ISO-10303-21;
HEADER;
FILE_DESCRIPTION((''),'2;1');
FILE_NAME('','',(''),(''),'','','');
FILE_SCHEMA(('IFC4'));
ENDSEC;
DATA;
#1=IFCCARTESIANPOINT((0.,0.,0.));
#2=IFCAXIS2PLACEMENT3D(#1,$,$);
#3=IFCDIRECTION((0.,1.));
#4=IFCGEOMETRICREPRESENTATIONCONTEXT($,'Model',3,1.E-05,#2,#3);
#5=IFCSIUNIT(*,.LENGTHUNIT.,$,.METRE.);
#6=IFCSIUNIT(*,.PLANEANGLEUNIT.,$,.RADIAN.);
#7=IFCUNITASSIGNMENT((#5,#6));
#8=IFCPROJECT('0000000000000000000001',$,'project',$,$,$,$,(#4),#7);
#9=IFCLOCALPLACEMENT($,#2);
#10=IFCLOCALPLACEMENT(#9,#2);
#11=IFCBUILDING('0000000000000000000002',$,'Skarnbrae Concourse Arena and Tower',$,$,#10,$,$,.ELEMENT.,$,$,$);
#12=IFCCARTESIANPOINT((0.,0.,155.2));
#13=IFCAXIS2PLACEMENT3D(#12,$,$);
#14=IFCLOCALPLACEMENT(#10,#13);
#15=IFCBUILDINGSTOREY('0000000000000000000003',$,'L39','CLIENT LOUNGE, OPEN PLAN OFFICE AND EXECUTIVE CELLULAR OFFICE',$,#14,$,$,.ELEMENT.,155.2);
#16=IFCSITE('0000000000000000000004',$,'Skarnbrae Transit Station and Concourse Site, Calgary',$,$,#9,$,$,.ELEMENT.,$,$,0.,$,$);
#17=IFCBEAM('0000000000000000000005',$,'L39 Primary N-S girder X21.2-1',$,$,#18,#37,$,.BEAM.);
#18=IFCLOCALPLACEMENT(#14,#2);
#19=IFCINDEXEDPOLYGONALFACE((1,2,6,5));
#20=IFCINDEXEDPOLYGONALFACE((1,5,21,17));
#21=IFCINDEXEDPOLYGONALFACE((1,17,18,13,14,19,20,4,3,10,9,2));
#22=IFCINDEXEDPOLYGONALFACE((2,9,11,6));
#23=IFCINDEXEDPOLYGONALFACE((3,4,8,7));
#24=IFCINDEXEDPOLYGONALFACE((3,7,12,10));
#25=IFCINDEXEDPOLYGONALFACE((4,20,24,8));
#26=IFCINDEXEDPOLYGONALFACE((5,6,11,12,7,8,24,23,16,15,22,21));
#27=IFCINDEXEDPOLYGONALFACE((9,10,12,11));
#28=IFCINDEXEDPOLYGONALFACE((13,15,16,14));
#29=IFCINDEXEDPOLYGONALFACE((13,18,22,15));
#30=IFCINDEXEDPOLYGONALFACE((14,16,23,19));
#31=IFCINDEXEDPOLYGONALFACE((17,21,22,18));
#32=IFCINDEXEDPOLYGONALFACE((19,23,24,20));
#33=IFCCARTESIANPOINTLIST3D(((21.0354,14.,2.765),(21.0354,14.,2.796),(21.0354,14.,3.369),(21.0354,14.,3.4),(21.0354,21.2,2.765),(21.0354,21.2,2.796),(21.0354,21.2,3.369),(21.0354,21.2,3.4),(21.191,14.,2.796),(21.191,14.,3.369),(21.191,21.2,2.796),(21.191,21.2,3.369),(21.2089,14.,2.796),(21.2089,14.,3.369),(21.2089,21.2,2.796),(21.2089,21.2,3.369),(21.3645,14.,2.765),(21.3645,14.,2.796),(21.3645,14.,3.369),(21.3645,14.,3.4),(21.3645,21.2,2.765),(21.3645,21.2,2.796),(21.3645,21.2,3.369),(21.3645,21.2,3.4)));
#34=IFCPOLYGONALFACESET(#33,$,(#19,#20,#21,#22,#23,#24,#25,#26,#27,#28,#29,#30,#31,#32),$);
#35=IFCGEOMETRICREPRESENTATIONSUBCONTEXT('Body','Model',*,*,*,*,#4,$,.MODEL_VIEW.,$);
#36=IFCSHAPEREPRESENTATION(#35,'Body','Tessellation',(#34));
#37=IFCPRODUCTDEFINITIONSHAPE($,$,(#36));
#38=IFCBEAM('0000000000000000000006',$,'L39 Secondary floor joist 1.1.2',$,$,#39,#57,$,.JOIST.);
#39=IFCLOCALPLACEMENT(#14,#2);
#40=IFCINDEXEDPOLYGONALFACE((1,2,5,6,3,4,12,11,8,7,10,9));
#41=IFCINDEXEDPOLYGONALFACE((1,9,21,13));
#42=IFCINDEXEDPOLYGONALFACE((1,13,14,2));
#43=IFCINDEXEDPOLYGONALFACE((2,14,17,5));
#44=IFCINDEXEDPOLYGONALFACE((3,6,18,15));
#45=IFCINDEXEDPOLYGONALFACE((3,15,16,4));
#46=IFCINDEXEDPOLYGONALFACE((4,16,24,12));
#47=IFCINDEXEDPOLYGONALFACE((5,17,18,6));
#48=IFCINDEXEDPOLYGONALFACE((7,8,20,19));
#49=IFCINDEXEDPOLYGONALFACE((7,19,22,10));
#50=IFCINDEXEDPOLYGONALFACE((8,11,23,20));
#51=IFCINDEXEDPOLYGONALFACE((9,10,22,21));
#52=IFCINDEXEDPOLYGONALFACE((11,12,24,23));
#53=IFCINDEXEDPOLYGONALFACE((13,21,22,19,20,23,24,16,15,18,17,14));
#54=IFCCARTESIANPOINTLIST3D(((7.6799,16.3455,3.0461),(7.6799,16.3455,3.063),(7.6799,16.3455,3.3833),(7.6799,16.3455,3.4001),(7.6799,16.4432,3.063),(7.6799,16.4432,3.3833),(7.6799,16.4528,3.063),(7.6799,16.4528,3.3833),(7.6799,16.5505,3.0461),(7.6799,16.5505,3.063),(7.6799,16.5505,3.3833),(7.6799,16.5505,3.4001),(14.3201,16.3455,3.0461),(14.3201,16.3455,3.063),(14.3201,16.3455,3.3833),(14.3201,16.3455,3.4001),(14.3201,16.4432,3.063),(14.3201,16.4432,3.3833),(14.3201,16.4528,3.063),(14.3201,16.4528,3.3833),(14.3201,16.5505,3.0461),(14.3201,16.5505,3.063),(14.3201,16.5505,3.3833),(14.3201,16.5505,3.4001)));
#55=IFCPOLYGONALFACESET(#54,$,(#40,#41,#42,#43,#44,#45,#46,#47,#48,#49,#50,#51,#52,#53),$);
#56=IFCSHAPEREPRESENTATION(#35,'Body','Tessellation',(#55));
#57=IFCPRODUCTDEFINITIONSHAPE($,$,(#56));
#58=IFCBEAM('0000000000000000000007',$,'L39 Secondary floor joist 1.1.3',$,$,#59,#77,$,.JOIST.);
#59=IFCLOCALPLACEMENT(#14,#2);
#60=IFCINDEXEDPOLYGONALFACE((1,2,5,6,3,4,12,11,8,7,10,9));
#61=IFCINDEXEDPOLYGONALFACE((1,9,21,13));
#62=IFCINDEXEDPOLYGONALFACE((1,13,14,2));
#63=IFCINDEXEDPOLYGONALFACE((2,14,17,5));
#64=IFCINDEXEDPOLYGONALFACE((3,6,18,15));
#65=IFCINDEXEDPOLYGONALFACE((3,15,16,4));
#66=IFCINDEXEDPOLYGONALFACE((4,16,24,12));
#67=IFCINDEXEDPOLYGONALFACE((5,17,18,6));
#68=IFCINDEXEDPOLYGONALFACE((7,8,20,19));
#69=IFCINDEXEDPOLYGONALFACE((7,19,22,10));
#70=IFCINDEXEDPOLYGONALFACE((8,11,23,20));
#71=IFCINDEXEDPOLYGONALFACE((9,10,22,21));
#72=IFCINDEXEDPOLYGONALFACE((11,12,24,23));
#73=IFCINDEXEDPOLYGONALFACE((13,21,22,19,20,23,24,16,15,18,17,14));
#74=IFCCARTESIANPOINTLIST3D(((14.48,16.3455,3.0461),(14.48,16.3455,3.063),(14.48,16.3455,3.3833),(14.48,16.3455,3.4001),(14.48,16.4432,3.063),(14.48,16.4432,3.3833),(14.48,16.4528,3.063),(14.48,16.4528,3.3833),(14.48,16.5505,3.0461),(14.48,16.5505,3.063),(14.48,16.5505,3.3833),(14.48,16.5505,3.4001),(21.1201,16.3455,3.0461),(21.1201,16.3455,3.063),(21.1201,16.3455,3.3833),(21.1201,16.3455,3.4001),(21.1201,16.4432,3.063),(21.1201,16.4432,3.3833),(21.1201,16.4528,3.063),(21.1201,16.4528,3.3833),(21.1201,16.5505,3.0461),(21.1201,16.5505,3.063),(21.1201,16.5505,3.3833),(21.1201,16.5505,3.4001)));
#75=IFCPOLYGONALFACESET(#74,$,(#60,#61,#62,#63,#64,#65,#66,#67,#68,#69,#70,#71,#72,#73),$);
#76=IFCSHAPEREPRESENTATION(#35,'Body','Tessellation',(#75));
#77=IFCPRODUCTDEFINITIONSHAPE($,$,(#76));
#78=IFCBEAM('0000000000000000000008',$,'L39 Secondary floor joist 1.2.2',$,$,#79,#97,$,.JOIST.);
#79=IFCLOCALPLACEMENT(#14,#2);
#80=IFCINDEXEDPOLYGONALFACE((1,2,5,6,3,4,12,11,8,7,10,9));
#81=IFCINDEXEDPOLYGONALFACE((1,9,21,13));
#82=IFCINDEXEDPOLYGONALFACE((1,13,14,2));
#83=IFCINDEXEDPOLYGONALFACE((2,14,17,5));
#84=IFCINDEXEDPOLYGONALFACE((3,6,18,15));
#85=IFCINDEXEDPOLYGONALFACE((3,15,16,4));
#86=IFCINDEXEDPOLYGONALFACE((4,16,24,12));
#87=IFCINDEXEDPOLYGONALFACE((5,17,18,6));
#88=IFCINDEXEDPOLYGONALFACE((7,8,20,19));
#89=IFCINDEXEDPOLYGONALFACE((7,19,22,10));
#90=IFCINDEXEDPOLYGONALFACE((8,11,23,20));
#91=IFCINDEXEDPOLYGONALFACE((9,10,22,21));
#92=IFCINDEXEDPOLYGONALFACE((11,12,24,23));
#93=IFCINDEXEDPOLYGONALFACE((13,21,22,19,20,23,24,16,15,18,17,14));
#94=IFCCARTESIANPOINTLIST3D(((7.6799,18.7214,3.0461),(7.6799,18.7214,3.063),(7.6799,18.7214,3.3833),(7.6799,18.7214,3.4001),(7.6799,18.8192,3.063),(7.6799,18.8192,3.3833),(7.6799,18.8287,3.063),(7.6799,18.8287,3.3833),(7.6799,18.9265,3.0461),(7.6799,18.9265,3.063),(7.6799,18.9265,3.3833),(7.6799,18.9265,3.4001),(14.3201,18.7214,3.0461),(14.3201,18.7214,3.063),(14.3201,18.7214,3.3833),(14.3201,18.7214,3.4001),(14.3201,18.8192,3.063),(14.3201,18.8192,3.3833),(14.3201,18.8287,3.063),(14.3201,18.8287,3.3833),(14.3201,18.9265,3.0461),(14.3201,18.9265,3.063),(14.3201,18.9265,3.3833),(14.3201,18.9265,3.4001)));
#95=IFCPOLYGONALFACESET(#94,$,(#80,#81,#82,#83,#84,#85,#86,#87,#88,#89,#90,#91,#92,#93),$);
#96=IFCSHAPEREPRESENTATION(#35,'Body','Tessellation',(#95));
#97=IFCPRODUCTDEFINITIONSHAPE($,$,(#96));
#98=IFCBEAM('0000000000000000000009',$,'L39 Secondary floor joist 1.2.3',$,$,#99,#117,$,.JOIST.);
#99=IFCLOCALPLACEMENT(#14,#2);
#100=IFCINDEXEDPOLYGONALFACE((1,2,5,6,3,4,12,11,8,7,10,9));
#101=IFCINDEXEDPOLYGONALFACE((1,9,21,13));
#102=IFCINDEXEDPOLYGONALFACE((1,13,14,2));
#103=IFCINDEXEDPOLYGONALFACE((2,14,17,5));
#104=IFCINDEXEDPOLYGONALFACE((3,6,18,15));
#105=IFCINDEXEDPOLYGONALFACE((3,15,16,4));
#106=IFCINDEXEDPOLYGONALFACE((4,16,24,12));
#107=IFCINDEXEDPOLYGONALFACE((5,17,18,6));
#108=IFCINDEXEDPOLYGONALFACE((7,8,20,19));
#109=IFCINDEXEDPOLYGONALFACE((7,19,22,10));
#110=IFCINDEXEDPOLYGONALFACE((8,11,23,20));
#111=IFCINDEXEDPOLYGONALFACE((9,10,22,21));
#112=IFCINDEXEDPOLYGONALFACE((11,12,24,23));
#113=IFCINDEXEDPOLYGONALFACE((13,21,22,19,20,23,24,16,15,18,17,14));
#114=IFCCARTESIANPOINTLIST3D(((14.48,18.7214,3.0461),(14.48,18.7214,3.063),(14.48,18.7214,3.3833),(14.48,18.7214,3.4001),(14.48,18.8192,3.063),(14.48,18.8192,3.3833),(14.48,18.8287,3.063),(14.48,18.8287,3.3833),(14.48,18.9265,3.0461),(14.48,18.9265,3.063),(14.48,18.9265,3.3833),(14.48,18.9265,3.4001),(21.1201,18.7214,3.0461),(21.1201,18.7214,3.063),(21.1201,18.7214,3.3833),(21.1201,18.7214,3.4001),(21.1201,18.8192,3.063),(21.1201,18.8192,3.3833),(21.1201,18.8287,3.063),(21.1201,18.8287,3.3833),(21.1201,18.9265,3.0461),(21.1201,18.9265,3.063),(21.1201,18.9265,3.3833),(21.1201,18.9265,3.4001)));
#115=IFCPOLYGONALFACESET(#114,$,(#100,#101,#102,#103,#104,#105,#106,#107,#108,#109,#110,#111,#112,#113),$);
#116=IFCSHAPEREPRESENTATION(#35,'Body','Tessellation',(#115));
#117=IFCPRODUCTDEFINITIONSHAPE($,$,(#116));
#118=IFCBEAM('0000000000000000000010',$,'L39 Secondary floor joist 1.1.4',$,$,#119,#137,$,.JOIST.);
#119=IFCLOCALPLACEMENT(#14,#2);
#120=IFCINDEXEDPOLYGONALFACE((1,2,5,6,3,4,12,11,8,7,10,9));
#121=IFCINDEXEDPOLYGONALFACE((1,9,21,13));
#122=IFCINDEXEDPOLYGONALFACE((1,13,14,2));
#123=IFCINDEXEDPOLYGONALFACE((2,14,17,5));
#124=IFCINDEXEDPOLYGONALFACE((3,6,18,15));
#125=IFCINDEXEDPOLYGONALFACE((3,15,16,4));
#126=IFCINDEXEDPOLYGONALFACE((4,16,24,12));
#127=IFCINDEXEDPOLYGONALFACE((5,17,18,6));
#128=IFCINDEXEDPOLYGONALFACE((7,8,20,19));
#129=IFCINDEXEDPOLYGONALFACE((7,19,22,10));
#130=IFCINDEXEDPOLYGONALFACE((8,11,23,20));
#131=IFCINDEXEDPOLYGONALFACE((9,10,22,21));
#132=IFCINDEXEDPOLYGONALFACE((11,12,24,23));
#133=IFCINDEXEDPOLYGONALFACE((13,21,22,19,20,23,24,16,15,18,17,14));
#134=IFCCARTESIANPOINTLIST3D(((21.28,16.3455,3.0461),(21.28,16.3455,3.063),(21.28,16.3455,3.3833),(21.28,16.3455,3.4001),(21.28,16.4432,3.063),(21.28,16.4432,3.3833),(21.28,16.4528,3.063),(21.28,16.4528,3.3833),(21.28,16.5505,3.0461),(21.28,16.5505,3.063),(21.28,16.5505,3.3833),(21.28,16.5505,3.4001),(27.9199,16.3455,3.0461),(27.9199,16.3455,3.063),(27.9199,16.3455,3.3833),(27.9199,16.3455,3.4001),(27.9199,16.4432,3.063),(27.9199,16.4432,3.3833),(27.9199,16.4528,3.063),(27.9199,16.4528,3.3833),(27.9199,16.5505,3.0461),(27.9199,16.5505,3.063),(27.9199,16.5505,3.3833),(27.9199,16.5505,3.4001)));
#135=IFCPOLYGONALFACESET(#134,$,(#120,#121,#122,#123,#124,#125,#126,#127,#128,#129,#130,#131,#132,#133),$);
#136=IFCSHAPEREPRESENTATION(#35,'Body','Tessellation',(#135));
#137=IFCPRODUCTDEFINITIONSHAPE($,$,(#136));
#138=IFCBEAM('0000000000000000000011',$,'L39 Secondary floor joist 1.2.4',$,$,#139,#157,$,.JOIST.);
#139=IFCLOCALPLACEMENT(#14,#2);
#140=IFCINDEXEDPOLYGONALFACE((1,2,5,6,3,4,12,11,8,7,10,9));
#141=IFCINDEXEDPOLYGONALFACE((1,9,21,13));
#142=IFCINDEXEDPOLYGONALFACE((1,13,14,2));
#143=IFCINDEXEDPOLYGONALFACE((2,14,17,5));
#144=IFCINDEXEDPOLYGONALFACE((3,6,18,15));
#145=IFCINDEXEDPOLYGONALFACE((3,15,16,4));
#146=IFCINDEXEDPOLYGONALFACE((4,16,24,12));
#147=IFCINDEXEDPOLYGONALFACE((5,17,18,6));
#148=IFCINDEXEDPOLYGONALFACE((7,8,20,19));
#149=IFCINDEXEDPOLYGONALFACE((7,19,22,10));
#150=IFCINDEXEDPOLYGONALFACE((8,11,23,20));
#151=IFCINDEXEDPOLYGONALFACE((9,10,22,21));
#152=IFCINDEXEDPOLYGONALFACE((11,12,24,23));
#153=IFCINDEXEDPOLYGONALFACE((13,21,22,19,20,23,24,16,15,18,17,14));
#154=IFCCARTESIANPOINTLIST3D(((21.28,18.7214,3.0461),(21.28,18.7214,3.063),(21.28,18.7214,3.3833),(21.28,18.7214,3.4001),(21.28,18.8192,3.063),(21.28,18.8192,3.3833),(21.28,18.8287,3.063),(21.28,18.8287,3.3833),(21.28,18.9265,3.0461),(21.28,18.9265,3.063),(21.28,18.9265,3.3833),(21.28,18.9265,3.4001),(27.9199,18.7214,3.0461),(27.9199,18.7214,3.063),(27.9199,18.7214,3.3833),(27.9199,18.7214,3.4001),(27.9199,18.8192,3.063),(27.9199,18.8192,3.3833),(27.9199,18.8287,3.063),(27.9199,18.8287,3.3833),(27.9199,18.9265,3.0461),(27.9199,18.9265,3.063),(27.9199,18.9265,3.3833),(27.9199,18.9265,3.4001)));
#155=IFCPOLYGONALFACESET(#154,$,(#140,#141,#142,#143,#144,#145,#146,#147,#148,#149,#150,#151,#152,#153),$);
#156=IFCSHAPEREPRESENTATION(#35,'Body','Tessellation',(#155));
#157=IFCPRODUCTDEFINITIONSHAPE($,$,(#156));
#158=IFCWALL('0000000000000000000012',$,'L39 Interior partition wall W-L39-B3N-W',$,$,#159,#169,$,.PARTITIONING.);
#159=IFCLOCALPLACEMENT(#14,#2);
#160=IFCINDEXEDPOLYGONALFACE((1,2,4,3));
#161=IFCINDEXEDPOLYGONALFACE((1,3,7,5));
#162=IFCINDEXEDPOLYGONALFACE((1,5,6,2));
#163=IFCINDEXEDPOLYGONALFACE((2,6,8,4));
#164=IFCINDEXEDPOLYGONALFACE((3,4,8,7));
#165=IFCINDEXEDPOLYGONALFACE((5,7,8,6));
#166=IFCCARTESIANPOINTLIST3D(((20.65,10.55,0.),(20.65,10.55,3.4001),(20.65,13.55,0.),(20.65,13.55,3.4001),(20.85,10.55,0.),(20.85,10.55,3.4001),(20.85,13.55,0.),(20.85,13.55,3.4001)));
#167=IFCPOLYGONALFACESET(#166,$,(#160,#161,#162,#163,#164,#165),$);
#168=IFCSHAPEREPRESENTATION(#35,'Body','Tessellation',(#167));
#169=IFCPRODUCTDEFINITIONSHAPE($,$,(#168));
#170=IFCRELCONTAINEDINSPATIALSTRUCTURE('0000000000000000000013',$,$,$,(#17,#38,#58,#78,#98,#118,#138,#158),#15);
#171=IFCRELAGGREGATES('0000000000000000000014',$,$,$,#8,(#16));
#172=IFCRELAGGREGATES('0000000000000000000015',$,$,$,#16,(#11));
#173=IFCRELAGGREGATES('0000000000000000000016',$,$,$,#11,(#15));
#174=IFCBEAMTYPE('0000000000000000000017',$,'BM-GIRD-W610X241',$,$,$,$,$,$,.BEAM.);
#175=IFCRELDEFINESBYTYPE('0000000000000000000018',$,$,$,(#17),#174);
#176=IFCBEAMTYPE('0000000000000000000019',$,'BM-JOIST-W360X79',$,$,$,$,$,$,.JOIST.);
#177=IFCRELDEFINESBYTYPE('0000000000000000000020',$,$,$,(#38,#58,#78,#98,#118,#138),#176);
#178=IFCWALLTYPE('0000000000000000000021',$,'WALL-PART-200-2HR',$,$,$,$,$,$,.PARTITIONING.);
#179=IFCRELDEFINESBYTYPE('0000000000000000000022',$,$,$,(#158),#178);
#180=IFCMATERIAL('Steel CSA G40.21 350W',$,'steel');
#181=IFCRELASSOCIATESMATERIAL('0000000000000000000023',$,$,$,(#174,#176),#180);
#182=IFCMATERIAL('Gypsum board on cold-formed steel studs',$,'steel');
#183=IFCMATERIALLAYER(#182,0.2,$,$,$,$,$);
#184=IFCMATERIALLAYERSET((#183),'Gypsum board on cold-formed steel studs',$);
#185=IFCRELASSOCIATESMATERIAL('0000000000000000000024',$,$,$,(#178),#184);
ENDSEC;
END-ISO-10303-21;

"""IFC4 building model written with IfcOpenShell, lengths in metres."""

from ifc_helpers import new_model, si_unit, direction, frame, frame_2d, origin, origin_2d, place, context, subcontext, project, spatial, rectangle, i_section, extrude, source, transform, mapped, material, layer, layer_set, material_profile, profile_set, type_object, element, save


model = new_model("IFC4")

# Units and contexts
model_context = context("Model", 3, precision=1e-05, world=origin(), true_north=direction((0.0, 1.0)))
body_context = subcontext(model_context, "Body", "Model", "MODEL_VIEW")
ifc_project = project(units=[si_unit("LENGTHUNIT", "METRE"), si_unit("PLANEANGLEUNIT", "RADIAN")], contexts=[model_context])

# Site, building, storey
site_placement = place(None, origin())
site = spatial("IfcSite", under=ifc_project, at=site_placement, Name="Skarnbrae Transit Station and Concourse Site, Calgary", CompositionType="ELEMENT", RefElevation=0.0)
building_placement = place(site_placement, origin())
building = spatial("IfcBuilding", under=site, at=building_placement, Name="Skarnbrae Concourse Arena and Tower", CompositionType="ELEMENT")
storey_placement = place(building_placement, frame((0.0, 0.0, 155.2)))
storey = spatial("IfcBuildingStorey", under=building, at=storey_placement, Name="L39", Description="CLIENT LOUNGE, OPEN PLAN OFFICE AND EXECUTIVE CELLULAR OFFICE", CompositionType="ELEMENT", Elevation=155.2)

# Shared definitions
ifc_material_1 = material(Name="Steel CSA G40.21 350W", Category="steel")

# Beams
ifc_material_profile_1 = material_profile(ifc_material_1, i_section(OverallWidth=0.3291, OverallDepth=0.635, WebThickness=0.0178, FlangeThickness=0.031, at=origin_2d()), Name="W610X241")
ifc_profile_set_1 = profile_set([ifc_material_profile_1], Name="Steel CSA G40.21 350W")
beam_type_1 = type_object("IfcBeamType", Name="BM-GIRD-W610X241", PredefinedType="BEAM", material=ifc_profile_set_1)
shared_shape_1 = source(origin(), body_context, "Body", "SweptSolid", [
    extrude(i_section(OverallWidth=0.3291, OverallDepth=0.635, WebThickness=0.0178, FlangeThickness=0.031, at=origin_2d()), origin(), (0.0, 0.0, 1.0), 7.2),
])
for number, where, z_axis, x_axis, name in (
    (1, (21.2, 14.0, 3.0825), (0.0, 1.0, 0.0), (-1.0, 0.0, 0.0), "L39 Primary N-S girder X21.2-1"),
):
    element("IfcBeam", number, at=place(storey_placement, frame(where, z_axis=z_axis, x_axis=x_axis)), inside=storey, type_object=beam_type_1, Name=name, PredefinedType="BEAM", context=body_context, shape_type="MappedRepresentation", body=[
        mapped(shared_shape_1, transform((0.0, 0.0, 0.0))),
    ])
ifc_material_profile_2 = material_profile(ifc_material_1, i_section(OverallWidth=0.2051, OverallDepth=0.354, WebThickness=0.0095, FlangeThickness=0.0168, at=origin_2d()), Name="W360X79")
ifc_profile_set_2 = profile_set([ifc_material_profile_2], Name="Steel CSA G40.21 350W")
beam_type_2 = type_object("IfcBeamType", Name="BM-JOIST-W360X79", PredefinedType="JOIST", material=ifc_profile_set_2)
shared_shape_2 = source(origin(), body_context, "Body", "SweptSolid", [
    extrude(i_section(OverallWidth=0.2051, OverallDepth=0.354, WebThickness=0.0095, FlangeThickness=0.0168, at=origin_2d()), origin(), (0.0, 0.0, 1.0), 6.6401),
])
for number, where, z_axis, x_axis, name in (
    (2, (7.6799, 16.448, 3.2231), (1.0, 0.0, 0.0), (0.0, 1.0, 0.0), "L39 Secondary floor joist 1.1.2"),
    (3, (14.48, 16.448, 3.2231), (1.0, 0.0, 0.0), (0.0, 1.0, 0.0), "L39 Secondary floor joist 1.1.3"),
    (4, (7.6799, 18.824, 3.2231), (1.0, 0.0, 0.0), (0.0, 1.0, 0.0), "L39 Secondary floor joist 1.2.2"),
    (5, (14.48, 18.824, 3.2231), (1.0, 0.0, 0.0), (0.0, 1.0, 0.0), "L39 Secondary floor joist 1.2.3"),
):
    element("IfcBeam", number, at=place(storey_placement, frame(where, z_axis=z_axis, x_axis=x_axis)), inside=storey, type_object=beam_type_2, Name=name, PredefinedType="JOIST", context=body_context, shape_type="MappedRepresentation", body=[
        mapped(shared_shape_2, transform((0.0, 0.0, 0.0))),
    ])
shared_shape_3 = source(origin(), body_context, "Body", "SweptSolid", [
    extrude(i_section(OverallWidth=0.2051, OverallDepth=0.354, WebThickness=0.0095, FlangeThickness=0.0168, at=origin_2d()), origin(), (0.0, 0.0, 1.0), 6.6399),
])
for number, where, z_axis, x_axis, name in (
    (6, (21.28, 16.448, 3.2231), (1.0, 0.0, 0.0), (0.0, 1.0, 0.0), "L39 Secondary floor joist 1.1.4"),
    (7, (21.28, 18.824, 3.2231), (1.0, 0.0, 0.0), (0.0, 1.0, 0.0), "L39 Secondary floor joist 1.2.4"),
):
    element("IfcBeam", number, at=place(storey_placement, frame(where, z_axis=z_axis, x_axis=x_axis)), inside=storey, type_object=beam_type_2, Name=name, PredefinedType="JOIST", context=body_context, shape_type="MappedRepresentation", body=[
        mapped(shared_shape_3, transform((0.0, 0.0, 0.0))),
    ])

# Wall
ifc_material_2 = material(Name="Gypsum board on cold-formed steel studs", Category="steel")
ifc_layer_1 = layer(ifc_material_2, 0.2)
ifc_layer_set_1 = layer_set([ifc_layer_1], Name="Gypsum board on cold-formed steel studs")
wall_type_1 = type_object("IfcWallType", Name="WALL-PART-200-2HR", PredefinedType="PARTITIONING", material=ifc_layer_set_1)
shared_shape_4 = source(origin(), body_context, "Body", "SweptSolid", [
    extrude(rectangle(XDim=3.0, YDim=0.2, at=frame_2d((1.5, 0.0))), origin(), (0.0, 0.0, 1.0), 3.4001),
])
wall_1_placement = place(storey_placement, frame((20.75, 10.55, 0.0), z_axis=(0.0, 0.0, 1.0), x_axis=(0.0, 1.0, 0.0)))
element("IfcWall", 8, at=wall_1_placement, inside=storey, type_object=wall_type_1, Name="L39 Interior partition wall W-L39-B3N-W", PredefinedType="PARTITIONING", context=body_context, shape_type="MappedRepresentation", body=[
    mapped(shared_shape_4, transform((0.0, 0.0, 0.0))),
])

save(model, "model.ifc")
